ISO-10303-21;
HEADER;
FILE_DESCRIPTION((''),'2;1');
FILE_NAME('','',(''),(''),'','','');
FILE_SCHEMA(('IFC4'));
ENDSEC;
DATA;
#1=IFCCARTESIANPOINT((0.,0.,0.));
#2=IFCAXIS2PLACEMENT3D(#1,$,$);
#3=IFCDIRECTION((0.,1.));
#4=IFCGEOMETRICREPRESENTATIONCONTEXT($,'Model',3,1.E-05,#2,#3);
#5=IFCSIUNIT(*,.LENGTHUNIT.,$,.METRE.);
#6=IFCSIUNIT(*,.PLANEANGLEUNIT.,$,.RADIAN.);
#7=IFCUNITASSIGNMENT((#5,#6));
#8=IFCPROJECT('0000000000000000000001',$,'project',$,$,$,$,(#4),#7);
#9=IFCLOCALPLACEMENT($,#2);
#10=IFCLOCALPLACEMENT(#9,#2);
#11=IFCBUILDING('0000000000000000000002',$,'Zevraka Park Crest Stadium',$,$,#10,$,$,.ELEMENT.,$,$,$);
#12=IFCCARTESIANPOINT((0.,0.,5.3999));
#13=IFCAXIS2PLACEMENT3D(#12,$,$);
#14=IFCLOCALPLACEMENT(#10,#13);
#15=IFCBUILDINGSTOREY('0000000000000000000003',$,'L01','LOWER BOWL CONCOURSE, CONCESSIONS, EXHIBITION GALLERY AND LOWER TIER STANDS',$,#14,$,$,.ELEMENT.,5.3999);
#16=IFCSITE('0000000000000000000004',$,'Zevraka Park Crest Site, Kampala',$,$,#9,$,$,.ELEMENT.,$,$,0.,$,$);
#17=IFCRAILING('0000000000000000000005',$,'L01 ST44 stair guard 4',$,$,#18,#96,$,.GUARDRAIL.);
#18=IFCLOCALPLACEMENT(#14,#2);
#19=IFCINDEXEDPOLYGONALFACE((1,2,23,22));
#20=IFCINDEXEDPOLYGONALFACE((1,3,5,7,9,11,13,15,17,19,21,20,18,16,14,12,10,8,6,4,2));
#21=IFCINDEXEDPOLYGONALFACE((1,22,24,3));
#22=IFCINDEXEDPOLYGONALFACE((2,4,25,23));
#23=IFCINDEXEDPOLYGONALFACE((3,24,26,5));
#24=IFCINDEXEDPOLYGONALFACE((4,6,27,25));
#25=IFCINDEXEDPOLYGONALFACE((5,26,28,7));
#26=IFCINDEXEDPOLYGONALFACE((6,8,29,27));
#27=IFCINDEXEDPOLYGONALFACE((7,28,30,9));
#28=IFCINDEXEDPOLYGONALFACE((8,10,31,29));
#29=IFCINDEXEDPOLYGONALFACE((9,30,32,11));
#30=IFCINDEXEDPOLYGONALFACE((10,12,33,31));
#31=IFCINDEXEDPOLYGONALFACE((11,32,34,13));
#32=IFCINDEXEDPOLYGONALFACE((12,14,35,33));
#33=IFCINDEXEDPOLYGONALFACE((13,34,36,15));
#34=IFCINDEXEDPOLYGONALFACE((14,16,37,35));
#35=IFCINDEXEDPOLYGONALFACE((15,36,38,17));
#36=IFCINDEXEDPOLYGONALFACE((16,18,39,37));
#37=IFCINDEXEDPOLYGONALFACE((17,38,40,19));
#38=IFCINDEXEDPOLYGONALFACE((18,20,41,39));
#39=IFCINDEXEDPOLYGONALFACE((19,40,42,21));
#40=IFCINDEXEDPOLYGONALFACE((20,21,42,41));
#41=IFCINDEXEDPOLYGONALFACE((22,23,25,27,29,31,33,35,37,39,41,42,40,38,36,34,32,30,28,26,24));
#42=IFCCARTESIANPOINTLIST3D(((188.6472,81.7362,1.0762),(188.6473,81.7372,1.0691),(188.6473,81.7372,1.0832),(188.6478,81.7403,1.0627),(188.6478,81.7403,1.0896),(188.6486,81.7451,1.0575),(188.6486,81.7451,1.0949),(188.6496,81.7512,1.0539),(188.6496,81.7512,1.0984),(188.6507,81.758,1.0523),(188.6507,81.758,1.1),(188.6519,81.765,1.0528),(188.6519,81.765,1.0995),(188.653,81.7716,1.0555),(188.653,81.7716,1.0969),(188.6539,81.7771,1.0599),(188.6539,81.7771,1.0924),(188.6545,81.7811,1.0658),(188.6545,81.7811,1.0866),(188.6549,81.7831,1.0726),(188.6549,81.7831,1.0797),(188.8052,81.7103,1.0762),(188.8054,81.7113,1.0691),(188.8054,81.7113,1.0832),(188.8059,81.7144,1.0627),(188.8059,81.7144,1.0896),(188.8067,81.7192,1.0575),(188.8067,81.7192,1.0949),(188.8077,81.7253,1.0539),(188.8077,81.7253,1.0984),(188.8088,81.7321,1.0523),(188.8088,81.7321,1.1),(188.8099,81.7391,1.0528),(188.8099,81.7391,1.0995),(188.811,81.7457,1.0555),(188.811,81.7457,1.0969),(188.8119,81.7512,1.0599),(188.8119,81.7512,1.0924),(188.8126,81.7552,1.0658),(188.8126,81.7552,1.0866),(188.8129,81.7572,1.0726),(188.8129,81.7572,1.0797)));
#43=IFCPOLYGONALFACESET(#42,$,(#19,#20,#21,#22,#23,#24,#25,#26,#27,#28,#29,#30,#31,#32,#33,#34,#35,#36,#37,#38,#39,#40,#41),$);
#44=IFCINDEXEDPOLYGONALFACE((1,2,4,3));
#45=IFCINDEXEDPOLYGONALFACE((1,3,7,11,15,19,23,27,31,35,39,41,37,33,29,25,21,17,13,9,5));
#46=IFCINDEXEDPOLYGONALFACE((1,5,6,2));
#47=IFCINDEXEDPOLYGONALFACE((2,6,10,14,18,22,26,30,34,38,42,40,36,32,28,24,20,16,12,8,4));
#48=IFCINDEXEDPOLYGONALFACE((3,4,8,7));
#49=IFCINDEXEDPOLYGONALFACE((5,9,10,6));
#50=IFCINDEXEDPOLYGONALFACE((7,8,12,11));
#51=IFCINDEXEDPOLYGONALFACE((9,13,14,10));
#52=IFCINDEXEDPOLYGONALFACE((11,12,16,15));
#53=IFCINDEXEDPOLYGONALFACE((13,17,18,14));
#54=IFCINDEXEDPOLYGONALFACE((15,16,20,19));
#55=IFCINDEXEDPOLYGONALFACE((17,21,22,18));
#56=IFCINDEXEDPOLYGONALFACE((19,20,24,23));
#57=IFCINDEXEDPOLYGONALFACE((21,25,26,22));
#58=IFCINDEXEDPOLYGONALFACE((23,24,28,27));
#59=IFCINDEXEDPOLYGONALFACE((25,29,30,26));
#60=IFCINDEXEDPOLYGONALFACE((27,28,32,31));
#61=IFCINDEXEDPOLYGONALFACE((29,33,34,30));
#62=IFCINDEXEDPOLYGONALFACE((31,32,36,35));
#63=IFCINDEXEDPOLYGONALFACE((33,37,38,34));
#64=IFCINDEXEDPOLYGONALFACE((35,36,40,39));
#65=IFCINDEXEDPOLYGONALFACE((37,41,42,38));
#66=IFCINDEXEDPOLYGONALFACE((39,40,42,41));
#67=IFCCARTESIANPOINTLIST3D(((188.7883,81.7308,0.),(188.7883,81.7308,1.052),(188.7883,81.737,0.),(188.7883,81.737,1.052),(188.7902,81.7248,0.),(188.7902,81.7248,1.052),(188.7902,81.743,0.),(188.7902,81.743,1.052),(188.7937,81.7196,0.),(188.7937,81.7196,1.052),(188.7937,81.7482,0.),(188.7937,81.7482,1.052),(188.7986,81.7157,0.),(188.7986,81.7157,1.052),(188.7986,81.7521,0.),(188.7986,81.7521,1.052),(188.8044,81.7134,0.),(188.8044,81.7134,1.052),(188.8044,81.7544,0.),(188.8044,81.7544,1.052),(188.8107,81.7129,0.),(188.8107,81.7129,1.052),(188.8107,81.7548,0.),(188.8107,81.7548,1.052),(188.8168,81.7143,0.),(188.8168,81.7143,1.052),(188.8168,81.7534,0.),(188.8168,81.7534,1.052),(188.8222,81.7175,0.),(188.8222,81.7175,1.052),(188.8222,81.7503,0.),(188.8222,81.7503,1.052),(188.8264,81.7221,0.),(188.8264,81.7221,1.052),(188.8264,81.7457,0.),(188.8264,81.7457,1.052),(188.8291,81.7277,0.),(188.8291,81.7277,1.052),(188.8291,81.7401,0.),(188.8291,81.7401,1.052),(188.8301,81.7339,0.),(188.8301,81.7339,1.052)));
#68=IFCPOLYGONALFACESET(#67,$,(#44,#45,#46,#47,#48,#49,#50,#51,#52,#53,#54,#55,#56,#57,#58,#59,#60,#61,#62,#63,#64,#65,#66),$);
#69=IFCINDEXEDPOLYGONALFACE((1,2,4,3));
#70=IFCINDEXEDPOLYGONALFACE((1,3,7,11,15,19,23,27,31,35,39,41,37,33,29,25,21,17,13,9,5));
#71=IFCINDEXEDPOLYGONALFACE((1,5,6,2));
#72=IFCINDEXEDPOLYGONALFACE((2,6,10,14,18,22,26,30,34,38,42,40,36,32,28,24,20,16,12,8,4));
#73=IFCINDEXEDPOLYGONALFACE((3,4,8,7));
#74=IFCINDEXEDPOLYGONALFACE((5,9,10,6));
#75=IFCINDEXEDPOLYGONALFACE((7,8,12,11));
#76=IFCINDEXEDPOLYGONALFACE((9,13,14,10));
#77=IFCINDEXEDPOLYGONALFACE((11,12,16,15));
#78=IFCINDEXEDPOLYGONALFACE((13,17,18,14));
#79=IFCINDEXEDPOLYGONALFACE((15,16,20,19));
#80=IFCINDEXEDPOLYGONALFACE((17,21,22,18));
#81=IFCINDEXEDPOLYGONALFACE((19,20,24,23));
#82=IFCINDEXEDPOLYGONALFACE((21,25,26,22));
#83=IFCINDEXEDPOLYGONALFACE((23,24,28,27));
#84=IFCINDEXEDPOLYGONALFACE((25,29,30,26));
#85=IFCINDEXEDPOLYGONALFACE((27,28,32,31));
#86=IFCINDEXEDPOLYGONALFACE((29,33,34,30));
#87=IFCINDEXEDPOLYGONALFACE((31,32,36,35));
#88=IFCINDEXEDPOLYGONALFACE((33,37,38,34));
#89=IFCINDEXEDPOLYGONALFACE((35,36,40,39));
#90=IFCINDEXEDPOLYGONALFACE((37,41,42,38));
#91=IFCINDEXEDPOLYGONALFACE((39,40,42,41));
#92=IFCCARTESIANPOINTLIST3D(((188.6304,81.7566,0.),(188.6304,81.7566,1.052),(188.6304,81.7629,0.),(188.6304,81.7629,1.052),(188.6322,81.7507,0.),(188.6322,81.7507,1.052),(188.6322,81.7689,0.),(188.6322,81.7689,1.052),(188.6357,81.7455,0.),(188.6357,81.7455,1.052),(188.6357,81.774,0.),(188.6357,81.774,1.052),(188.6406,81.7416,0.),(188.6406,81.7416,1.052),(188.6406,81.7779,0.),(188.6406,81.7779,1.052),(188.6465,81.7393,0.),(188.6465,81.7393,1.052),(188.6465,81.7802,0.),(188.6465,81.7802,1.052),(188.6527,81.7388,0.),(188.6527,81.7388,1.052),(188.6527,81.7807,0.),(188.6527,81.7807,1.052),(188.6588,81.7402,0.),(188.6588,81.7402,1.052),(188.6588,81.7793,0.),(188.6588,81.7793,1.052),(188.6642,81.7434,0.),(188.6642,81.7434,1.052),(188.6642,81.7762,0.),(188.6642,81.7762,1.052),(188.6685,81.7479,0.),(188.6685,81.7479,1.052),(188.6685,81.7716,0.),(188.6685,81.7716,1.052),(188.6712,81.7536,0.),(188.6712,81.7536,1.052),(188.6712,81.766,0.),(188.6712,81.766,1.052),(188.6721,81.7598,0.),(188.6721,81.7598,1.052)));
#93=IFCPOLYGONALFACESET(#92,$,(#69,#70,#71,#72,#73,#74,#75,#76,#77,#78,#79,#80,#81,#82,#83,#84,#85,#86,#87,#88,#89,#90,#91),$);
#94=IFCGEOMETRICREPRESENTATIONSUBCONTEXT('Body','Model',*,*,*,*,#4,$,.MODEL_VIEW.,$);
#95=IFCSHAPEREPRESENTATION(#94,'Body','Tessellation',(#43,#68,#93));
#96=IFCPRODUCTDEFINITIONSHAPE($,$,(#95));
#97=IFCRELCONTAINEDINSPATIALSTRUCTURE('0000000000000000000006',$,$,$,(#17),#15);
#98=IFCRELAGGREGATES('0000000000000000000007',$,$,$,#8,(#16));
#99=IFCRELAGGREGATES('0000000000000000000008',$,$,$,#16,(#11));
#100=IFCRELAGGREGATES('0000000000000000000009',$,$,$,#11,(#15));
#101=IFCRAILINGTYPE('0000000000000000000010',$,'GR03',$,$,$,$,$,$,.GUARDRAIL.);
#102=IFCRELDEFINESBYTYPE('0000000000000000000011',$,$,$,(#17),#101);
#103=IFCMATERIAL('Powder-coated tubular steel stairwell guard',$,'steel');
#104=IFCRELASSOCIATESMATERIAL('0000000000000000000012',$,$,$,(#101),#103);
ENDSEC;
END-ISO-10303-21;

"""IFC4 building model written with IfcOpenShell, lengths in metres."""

from ifc_helpers import new_model, si_unit, direction, frame, origin, origin_2d, place, context, subcontext, project, spatial, circle, extrude, material, type_object, element, save


model = new_model("IFC4")

# Units and contexts
model_context = context("Model", 3, precision=1e-05, world=origin(), true_north=direction((0.0, 1.0)))
body_context = subcontext(model_context, "Body", "Model", "MODEL_VIEW")
ifc_project = project(units=[si_unit("LENGTHUNIT", "METRE"), si_unit("PLANEANGLEUNIT", "RADIAN")], contexts=[model_context])

# Site, building, storey
site_placement = place(None, origin())
site = spatial("IfcSite", under=ifc_project, at=site_placement, Name="Zevraka Park Crest Site, Kampala", CompositionType="ELEMENT", RefElevation=0.0)
building_placement = place(site_placement, origin())
building = spatial("IfcBuilding", under=site, at=building_placement, Name="Zevraka Park Crest Stadium", CompositionType="ELEMENT")
storey_placement = place(building_placement, frame((0.0, 0.0, 5.3999)))
storey = spatial("IfcBuildingStorey", under=building, at=storey_placement, Name="L01", Description="LOWER BOWL CONCOURSE, CONCESSIONS, EXHIBITION GALLERY AND LOWER TIER STANDS", CompositionType="ELEMENT", Elevation=5.3999)

# Railing
ifc_material_1 = material(Name="Powder-coated tubular steel stairwell guard", Category="steel")
railing_type_1 = type_object("IfcRailingType", Name="GR03", PredefinedType="GUARDRAIL", material=ifc_material_1)
railing_1_placement = place(storey_placement, frame((188.8091, 81.7339, 0.0)))
element("IfcRailing", 1, at=railing_1_placement, inside=storey, type_object=railing_type_1, Name="L01 ST44 stair guard 4", PredefinedType="GUARDRAIL", context=body_context, shape_type="SweptSolid", body=[
    extrude(circle(Radius=0.0239, at=origin_2d()), frame((0.0, 0.0, 1.0762), z_axis=(-0.986844, 0.161678, 0.0), x_axis=(-0.161678, -0.986844, 0.0)), (0.0, 0.0, 1.0), 0.1602),
    extrude(circle(Radius=0.021, at=origin_2d()), origin(), (0.0, 0.0, 1.0), 1.052),
    extrude(circle(Radius=0.021, at=origin_2d()), frame((-0.158, 0.0259, 0.0)), (0.0, 0.0, 1.0), 1.052),
])

save(model, "model.ifc")
